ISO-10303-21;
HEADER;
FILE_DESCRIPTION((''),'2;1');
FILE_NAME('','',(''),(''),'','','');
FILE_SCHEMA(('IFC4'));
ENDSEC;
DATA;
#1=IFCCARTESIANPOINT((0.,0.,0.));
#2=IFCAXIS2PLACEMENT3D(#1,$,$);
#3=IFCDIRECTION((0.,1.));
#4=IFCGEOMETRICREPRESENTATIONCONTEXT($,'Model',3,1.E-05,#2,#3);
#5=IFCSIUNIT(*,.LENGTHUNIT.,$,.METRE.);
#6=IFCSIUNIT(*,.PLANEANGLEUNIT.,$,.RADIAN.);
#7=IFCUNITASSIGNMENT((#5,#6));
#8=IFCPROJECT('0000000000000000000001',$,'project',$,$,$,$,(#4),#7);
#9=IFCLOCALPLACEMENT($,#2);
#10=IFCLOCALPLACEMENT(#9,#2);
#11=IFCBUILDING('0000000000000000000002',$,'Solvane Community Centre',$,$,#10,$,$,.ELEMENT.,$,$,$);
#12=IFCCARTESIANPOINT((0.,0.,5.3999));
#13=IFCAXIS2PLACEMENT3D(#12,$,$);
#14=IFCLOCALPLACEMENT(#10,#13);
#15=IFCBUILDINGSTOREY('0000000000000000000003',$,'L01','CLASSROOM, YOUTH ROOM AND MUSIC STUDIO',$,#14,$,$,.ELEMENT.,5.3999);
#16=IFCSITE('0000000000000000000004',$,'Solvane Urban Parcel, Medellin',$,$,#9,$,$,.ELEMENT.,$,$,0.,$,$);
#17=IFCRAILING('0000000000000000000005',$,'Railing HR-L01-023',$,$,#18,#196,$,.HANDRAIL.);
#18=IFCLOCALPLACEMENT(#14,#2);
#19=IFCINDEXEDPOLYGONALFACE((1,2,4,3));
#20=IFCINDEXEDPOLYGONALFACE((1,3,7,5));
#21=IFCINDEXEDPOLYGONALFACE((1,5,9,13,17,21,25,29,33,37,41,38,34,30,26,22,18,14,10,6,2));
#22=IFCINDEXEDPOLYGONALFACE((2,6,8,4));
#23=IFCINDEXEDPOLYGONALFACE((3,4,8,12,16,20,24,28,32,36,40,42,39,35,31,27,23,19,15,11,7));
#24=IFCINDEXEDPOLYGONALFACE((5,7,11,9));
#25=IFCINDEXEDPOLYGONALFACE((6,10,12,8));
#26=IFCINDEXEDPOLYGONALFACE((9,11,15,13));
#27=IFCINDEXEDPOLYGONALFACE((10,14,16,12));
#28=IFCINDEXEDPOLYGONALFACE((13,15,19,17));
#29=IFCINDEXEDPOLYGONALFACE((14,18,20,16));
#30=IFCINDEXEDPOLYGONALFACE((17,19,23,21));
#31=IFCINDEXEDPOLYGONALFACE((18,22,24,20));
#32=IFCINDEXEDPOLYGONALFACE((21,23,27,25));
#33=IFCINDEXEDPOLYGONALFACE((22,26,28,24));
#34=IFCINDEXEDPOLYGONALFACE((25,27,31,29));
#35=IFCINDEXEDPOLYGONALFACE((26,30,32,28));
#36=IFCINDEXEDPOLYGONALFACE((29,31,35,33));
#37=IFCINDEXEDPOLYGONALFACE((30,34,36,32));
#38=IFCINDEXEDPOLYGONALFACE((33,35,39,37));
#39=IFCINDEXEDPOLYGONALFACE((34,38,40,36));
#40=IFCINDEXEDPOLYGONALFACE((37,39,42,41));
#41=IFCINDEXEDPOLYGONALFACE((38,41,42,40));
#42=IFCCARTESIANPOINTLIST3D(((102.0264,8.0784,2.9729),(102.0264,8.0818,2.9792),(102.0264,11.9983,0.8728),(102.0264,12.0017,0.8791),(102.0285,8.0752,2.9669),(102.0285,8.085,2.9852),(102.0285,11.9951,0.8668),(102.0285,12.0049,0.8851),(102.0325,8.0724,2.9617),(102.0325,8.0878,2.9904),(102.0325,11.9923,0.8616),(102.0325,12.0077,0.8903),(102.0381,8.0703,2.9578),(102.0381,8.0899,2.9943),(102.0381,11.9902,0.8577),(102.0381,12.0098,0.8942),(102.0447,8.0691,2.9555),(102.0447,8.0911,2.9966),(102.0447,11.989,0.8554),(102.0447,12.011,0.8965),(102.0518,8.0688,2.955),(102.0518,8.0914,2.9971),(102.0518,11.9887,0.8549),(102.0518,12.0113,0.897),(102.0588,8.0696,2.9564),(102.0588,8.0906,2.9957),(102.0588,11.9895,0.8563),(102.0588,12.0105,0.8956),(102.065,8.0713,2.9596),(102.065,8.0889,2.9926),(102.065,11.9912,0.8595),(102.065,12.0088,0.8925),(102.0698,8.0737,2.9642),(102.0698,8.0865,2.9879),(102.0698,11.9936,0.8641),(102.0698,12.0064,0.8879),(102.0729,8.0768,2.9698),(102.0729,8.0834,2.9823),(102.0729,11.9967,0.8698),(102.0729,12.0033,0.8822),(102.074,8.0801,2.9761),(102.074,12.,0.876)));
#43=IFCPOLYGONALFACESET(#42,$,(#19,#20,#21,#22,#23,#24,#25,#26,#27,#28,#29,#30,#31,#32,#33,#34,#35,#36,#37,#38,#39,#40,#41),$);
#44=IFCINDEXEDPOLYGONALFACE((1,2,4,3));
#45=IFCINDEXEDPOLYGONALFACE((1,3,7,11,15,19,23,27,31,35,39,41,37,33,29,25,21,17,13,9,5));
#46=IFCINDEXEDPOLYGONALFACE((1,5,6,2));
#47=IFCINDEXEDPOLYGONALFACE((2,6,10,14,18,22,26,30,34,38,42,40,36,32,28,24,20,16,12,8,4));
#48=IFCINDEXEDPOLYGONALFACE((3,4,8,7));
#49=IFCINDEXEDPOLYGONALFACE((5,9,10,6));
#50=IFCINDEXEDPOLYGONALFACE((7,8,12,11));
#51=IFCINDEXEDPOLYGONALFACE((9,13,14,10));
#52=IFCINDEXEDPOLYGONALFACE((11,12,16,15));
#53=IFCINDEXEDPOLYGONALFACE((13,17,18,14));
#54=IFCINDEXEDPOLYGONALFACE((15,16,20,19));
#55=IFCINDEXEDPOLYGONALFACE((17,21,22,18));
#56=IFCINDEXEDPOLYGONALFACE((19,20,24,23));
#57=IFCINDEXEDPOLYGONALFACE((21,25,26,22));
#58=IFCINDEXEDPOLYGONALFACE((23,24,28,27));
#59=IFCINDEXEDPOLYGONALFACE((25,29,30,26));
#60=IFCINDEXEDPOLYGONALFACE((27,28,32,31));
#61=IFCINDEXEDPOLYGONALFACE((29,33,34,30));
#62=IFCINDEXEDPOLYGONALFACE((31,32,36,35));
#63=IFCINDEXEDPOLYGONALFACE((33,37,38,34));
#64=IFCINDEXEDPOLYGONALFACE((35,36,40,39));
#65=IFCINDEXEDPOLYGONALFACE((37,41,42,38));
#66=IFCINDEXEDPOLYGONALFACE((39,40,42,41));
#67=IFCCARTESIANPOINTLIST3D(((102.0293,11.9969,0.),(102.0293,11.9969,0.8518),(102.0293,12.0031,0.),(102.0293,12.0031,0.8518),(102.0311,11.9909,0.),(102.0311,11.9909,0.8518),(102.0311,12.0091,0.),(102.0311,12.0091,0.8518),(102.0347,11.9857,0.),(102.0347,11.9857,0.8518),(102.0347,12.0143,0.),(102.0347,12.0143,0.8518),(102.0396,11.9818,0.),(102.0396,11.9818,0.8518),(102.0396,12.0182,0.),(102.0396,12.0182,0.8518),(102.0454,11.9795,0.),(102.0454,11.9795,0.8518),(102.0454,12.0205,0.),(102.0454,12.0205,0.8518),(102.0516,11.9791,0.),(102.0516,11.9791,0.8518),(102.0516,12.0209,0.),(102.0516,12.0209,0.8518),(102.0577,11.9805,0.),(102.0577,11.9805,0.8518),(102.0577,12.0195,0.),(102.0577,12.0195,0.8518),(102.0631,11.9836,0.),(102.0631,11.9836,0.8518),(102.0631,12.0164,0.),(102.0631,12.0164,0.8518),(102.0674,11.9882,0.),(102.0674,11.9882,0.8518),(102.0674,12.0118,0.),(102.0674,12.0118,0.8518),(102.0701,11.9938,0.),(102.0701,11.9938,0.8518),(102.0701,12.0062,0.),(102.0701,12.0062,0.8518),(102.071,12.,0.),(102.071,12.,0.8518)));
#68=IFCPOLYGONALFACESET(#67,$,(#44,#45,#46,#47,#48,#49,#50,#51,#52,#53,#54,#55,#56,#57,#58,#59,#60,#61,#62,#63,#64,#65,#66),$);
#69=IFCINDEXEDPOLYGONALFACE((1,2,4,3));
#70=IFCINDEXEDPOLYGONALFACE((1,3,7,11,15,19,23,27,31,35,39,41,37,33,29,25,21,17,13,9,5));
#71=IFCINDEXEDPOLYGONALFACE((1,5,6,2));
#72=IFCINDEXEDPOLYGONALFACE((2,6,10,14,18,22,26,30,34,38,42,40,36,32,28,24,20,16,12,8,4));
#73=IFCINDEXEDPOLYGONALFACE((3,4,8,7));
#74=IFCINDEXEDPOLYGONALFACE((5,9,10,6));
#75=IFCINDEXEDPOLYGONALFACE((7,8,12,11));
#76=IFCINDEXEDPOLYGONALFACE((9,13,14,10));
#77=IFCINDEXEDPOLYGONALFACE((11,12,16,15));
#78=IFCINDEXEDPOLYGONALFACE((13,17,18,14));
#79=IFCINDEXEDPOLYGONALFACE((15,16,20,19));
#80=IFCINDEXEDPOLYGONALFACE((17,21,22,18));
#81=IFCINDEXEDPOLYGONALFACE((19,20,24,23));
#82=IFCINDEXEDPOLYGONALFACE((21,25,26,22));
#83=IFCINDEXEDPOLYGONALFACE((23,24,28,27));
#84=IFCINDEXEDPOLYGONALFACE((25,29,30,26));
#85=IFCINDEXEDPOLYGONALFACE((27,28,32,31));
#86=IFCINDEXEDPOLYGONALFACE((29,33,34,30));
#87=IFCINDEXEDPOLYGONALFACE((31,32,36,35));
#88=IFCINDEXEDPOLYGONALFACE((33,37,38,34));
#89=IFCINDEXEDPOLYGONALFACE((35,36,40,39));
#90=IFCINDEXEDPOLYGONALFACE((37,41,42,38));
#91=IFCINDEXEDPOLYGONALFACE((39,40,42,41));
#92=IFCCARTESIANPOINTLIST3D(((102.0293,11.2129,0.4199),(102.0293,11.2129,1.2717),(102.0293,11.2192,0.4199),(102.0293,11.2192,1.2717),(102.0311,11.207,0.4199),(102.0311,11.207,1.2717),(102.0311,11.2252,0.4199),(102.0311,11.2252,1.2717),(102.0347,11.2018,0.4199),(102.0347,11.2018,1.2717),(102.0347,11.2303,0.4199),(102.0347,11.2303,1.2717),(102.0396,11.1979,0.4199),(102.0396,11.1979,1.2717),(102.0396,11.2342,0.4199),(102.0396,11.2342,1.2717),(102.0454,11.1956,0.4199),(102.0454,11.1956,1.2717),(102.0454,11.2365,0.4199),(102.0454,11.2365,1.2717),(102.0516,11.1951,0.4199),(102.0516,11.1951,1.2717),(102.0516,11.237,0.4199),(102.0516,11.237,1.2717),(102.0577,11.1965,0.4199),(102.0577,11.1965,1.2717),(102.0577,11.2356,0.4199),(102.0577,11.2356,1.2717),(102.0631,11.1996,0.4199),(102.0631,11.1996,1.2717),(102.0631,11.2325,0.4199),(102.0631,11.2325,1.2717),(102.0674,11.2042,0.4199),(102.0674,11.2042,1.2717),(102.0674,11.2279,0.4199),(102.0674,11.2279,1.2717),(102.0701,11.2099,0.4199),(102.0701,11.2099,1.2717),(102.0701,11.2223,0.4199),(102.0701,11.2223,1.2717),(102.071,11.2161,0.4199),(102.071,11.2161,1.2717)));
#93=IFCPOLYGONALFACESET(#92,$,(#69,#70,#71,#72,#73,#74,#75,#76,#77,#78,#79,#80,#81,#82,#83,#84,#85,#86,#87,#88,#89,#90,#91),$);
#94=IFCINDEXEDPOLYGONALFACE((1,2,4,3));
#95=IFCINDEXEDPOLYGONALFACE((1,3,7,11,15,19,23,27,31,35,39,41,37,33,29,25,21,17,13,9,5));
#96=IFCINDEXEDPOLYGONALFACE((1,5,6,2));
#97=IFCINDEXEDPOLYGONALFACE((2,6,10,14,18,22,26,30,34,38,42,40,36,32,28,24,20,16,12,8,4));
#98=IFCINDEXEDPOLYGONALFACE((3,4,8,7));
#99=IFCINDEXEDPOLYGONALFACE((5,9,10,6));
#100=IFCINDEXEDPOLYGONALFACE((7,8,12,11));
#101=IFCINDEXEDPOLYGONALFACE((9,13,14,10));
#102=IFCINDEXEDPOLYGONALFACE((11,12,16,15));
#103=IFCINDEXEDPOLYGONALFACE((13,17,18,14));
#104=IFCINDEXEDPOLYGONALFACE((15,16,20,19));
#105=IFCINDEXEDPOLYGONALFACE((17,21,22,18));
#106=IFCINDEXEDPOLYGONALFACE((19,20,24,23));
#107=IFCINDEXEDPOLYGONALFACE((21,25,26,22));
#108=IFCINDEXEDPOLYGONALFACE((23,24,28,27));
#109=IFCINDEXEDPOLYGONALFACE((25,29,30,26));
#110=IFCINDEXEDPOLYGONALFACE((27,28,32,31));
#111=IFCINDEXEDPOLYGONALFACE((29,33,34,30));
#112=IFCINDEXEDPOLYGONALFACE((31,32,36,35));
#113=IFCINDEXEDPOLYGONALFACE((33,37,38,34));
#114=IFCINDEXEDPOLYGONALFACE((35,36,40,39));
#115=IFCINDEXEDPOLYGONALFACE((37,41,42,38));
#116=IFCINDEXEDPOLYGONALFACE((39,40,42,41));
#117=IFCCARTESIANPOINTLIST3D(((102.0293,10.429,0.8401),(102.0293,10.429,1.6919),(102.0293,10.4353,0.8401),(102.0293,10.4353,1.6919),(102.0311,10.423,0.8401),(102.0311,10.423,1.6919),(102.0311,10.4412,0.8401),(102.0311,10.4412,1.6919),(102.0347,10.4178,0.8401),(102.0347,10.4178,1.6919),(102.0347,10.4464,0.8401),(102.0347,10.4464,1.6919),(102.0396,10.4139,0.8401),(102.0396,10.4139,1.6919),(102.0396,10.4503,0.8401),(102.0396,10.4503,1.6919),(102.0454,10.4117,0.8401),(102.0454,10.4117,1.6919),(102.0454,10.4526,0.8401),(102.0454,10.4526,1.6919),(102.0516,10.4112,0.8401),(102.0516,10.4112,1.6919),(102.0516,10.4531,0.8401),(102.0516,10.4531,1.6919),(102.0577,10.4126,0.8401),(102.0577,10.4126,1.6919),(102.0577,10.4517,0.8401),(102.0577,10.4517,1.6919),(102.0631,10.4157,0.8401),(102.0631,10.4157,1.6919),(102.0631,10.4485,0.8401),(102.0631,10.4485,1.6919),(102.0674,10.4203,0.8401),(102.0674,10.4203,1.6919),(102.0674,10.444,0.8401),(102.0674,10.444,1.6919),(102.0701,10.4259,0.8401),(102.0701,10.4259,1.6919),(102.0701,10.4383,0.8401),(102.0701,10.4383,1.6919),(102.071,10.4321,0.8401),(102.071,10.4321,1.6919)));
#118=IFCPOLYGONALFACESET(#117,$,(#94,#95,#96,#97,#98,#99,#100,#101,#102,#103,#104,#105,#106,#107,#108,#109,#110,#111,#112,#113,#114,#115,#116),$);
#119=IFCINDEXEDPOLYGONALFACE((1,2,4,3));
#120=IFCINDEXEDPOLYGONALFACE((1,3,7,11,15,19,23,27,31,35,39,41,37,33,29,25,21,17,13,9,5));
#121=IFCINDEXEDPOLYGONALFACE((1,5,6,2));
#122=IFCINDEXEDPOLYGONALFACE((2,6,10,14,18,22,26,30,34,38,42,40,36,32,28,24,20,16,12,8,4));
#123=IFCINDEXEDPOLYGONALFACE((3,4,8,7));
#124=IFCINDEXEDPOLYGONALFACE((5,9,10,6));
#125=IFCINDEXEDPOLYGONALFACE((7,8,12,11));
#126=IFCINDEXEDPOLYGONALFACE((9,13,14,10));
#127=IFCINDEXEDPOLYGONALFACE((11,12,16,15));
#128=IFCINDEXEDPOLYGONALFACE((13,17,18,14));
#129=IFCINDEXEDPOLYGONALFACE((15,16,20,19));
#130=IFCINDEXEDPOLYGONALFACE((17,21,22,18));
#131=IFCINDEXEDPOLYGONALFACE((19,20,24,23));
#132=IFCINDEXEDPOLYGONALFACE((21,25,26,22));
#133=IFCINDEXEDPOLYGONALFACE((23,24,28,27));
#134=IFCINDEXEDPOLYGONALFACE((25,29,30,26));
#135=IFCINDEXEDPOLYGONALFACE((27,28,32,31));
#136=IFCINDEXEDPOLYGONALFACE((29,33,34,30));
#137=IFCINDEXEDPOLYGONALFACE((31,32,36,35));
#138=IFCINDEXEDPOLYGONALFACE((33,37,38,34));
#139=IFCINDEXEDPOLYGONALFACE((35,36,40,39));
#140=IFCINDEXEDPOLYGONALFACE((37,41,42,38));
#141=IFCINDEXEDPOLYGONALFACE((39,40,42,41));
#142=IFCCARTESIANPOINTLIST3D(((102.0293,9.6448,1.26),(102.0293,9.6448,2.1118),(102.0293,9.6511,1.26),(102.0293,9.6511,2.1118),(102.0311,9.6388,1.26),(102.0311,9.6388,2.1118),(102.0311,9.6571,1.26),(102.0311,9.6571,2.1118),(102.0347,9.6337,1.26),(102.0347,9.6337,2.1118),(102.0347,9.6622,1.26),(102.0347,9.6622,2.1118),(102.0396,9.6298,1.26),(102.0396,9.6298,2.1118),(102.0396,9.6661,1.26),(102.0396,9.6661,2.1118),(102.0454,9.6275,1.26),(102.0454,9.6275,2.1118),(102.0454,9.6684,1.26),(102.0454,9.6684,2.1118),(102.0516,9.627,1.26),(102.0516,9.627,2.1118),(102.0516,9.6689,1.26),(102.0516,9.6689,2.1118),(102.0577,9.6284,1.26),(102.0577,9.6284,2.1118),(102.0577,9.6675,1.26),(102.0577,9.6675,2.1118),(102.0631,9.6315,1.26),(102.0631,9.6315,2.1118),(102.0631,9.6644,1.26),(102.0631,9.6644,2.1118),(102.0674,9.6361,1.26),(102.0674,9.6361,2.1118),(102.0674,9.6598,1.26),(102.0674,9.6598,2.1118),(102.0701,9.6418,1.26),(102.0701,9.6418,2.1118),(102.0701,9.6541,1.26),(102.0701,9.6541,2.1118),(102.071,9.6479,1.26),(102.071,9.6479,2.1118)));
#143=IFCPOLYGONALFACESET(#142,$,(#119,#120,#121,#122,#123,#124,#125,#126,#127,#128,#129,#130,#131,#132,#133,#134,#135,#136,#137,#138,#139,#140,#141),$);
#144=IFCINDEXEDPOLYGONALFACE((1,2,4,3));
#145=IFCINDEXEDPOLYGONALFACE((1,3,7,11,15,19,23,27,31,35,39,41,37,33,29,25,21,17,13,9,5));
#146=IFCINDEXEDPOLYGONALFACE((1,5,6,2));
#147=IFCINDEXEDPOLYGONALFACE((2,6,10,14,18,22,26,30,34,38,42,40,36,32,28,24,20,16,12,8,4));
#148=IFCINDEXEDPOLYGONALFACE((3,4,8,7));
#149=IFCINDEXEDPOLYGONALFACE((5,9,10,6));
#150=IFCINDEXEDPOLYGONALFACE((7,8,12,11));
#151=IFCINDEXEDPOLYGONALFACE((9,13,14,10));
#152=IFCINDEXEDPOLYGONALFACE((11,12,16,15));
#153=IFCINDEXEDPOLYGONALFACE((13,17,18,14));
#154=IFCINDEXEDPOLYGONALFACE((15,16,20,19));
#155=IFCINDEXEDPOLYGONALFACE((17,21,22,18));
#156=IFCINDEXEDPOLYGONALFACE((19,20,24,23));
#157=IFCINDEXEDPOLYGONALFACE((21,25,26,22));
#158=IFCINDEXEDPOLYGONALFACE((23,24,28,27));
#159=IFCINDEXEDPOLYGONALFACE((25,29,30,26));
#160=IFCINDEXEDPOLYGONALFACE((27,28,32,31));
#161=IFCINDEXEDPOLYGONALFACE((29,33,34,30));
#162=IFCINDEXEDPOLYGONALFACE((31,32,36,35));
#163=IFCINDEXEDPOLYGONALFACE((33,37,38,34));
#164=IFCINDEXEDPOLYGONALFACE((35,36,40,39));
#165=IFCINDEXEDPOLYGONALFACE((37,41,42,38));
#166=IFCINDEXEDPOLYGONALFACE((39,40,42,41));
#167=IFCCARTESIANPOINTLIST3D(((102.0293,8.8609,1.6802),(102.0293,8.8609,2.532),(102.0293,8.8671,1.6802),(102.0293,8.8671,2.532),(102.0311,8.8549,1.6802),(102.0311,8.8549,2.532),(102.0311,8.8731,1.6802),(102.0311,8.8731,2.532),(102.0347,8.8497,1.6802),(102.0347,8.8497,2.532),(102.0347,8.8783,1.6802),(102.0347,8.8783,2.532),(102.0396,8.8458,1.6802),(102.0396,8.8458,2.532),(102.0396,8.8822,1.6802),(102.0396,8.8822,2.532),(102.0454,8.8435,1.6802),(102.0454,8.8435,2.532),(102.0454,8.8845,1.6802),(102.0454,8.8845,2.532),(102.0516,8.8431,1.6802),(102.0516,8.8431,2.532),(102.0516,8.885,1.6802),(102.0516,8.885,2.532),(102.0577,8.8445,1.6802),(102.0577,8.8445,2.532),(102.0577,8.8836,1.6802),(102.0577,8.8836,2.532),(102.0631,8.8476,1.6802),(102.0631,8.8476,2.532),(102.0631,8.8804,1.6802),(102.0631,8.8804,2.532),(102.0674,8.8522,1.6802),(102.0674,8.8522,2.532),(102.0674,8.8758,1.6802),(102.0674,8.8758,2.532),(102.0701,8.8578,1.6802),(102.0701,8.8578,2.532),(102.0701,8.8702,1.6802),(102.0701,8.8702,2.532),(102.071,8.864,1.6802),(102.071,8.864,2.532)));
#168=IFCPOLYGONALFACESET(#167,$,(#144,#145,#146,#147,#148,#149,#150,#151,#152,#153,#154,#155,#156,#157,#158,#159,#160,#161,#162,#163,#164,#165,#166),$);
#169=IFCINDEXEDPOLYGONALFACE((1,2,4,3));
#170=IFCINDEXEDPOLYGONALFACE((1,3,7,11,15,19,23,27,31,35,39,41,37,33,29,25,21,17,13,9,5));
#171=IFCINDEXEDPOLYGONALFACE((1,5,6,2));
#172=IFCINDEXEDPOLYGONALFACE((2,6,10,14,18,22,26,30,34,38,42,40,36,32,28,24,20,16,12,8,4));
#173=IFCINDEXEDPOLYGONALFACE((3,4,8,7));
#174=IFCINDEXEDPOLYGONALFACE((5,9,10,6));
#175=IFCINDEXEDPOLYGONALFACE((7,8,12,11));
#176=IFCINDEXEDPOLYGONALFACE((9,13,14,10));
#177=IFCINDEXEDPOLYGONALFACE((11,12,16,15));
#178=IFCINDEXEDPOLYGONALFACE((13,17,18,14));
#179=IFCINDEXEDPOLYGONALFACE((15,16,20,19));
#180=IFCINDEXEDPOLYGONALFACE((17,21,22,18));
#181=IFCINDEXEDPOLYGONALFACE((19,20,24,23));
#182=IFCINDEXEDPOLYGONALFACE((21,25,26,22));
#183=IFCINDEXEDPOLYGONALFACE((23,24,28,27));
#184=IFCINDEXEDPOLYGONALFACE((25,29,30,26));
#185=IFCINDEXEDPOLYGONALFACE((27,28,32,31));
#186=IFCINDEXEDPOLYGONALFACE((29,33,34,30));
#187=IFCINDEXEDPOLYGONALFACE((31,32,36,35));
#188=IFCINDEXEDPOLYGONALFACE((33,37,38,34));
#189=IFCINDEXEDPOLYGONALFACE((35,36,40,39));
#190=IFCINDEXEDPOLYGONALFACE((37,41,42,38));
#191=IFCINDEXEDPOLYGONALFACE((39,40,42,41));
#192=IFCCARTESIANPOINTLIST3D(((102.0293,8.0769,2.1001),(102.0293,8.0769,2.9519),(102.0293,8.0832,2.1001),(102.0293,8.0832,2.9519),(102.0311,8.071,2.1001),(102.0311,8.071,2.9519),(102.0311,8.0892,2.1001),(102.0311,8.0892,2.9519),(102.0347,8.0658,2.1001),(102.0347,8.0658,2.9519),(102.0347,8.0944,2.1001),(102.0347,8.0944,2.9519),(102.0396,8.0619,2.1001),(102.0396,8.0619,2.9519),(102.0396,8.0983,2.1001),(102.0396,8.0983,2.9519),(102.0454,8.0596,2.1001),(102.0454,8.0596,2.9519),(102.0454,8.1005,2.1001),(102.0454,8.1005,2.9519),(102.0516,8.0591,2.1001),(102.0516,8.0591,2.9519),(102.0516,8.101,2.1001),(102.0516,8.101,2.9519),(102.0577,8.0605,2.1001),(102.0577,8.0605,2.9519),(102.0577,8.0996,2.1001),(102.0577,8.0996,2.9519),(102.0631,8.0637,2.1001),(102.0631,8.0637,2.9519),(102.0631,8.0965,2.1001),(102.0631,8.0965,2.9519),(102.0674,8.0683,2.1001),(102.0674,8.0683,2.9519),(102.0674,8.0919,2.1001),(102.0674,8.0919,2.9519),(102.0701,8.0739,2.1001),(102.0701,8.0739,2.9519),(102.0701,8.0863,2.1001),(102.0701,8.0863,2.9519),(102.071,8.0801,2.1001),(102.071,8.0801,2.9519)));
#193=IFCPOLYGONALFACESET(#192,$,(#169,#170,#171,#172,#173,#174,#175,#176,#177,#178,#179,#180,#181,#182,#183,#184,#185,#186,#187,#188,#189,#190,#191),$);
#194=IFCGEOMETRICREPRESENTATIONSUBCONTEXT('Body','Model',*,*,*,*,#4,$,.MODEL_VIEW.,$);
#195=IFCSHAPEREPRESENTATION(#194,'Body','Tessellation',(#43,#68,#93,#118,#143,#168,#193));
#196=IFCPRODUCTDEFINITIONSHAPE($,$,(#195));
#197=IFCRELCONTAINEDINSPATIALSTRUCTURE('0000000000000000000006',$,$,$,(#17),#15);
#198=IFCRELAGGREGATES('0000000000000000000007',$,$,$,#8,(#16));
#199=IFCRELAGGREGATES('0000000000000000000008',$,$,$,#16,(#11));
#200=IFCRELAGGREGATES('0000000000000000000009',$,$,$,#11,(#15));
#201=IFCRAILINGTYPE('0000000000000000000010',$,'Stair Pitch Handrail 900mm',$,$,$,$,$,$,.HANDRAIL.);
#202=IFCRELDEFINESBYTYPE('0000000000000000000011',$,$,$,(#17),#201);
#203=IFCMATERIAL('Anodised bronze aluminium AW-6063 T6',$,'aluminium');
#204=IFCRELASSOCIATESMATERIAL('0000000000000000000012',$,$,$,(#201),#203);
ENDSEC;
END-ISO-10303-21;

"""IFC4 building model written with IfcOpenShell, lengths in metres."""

from ifc_helpers import new_model, si_unit, direction, frame, origin, origin_2d, place, context, subcontext, project, spatial, circle, extrude, material, type_object, element, save


model = new_model("IFC4")

# Units and contexts
model_context = context("Model", 3, precision=1e-05, world=origin(), true_north=direction((0.0, 1.0)))
body_context = subcontext(model_context, "Body", "Model", "MODEL_VIEW")
ifc_project = project(units=[si_unit("LENGTHUNIT", "METRE"), si_unit("PLANEANGLEUNIT", "RADIAN")], contexts=[model_context])

# Site, building, storey
site_placement = place(None, origin())
site = spatial("IfcSite", under=ifc_project, at=site_placement, Name="Solvane Urban Parcel, Medellin", CompositionType="ELEMENT", RefElevation=0.0)
building_placement = place(site_placement, origin())
building = spatial("IfcBuilding", under=site, at=building_placement, Name="Solvane Community Centre", CompositionType="ELEMENT")
storey_placement = place(building_placement, frame((0.0, 0.0, 5.3999)))
storey = spatial("IfcBuildingStorey", under=building, at=storey_placement, Name="L01", Description="CLASSROOM, YOUTH ROOM AND MUSIC STUDIO", CompositionType="ELEMENT", Elevation=5.3999)

# Shared definitions
ifc_material_1 = material(Name="Anodised bronze aluminium AW-6063 T6", Category="aluminium")

# Railing
railing_type_1 = type_object("IfcRailingType", Name="Stair Pitch Handrail 900mm", PredefinedType="HANDRAIL", material=ifc_material_1)
railing_1_placement = place(storey_placement, frame((102.05, 12.0, 0.0)))
element("IfcRailing", 1, at=railing_1_placement, inside=storey, type_object=railing_type_1, Name="Railing HR-L01-023", PredefinedType="HANDRAIL", context=body_context, shape_type="SweptSolid", body=[
    extrude(circle(Radius=0.0239, at=origin_2d()), frame((0.0, 0.0, 0.876), z_axis=(0.0, -0.881467, 0.472246), x_axis=(1.0, 0.0, 0.0)), (0.0, 0.0, 1.0), 4.447),
    extrude(circle(Radius=0.021, at=origin_2d()), origin(), (0.0, 0.0, 1.0), 0.8518),
    extrude(circle(Radius=0.021, at=origin_2d()), frame((0.0, -0.7839, 0.4199)), (0.0, 0.0, 1.0), 0.8518),
    extrude(circle(Radius=0.021, at=origin_2d()), frame((0.0, -1.5679, 0.8401)), (0.0, 0.0, 1.0), 0.8518),
    extrude(circle(Radius=0.021, at=origin_2d()), frame((0.0, -2.3521, 1.26)), (0.0, 0.0, 1.0), 0.8518),
    extrude(circle(Radius=0.021, at=origin_2d()), frame((0.0, -3.136, 1.6802)), (0.0, 0.0, 1.0), 0.8518),
    extrude(circle(Radius=0.021, at=origin_2d()), frame((0.0, -3.9199, 2.1001)), (0.0, 0.0, 1.0), 0.8518),
])

save(model, "model.ifc")
